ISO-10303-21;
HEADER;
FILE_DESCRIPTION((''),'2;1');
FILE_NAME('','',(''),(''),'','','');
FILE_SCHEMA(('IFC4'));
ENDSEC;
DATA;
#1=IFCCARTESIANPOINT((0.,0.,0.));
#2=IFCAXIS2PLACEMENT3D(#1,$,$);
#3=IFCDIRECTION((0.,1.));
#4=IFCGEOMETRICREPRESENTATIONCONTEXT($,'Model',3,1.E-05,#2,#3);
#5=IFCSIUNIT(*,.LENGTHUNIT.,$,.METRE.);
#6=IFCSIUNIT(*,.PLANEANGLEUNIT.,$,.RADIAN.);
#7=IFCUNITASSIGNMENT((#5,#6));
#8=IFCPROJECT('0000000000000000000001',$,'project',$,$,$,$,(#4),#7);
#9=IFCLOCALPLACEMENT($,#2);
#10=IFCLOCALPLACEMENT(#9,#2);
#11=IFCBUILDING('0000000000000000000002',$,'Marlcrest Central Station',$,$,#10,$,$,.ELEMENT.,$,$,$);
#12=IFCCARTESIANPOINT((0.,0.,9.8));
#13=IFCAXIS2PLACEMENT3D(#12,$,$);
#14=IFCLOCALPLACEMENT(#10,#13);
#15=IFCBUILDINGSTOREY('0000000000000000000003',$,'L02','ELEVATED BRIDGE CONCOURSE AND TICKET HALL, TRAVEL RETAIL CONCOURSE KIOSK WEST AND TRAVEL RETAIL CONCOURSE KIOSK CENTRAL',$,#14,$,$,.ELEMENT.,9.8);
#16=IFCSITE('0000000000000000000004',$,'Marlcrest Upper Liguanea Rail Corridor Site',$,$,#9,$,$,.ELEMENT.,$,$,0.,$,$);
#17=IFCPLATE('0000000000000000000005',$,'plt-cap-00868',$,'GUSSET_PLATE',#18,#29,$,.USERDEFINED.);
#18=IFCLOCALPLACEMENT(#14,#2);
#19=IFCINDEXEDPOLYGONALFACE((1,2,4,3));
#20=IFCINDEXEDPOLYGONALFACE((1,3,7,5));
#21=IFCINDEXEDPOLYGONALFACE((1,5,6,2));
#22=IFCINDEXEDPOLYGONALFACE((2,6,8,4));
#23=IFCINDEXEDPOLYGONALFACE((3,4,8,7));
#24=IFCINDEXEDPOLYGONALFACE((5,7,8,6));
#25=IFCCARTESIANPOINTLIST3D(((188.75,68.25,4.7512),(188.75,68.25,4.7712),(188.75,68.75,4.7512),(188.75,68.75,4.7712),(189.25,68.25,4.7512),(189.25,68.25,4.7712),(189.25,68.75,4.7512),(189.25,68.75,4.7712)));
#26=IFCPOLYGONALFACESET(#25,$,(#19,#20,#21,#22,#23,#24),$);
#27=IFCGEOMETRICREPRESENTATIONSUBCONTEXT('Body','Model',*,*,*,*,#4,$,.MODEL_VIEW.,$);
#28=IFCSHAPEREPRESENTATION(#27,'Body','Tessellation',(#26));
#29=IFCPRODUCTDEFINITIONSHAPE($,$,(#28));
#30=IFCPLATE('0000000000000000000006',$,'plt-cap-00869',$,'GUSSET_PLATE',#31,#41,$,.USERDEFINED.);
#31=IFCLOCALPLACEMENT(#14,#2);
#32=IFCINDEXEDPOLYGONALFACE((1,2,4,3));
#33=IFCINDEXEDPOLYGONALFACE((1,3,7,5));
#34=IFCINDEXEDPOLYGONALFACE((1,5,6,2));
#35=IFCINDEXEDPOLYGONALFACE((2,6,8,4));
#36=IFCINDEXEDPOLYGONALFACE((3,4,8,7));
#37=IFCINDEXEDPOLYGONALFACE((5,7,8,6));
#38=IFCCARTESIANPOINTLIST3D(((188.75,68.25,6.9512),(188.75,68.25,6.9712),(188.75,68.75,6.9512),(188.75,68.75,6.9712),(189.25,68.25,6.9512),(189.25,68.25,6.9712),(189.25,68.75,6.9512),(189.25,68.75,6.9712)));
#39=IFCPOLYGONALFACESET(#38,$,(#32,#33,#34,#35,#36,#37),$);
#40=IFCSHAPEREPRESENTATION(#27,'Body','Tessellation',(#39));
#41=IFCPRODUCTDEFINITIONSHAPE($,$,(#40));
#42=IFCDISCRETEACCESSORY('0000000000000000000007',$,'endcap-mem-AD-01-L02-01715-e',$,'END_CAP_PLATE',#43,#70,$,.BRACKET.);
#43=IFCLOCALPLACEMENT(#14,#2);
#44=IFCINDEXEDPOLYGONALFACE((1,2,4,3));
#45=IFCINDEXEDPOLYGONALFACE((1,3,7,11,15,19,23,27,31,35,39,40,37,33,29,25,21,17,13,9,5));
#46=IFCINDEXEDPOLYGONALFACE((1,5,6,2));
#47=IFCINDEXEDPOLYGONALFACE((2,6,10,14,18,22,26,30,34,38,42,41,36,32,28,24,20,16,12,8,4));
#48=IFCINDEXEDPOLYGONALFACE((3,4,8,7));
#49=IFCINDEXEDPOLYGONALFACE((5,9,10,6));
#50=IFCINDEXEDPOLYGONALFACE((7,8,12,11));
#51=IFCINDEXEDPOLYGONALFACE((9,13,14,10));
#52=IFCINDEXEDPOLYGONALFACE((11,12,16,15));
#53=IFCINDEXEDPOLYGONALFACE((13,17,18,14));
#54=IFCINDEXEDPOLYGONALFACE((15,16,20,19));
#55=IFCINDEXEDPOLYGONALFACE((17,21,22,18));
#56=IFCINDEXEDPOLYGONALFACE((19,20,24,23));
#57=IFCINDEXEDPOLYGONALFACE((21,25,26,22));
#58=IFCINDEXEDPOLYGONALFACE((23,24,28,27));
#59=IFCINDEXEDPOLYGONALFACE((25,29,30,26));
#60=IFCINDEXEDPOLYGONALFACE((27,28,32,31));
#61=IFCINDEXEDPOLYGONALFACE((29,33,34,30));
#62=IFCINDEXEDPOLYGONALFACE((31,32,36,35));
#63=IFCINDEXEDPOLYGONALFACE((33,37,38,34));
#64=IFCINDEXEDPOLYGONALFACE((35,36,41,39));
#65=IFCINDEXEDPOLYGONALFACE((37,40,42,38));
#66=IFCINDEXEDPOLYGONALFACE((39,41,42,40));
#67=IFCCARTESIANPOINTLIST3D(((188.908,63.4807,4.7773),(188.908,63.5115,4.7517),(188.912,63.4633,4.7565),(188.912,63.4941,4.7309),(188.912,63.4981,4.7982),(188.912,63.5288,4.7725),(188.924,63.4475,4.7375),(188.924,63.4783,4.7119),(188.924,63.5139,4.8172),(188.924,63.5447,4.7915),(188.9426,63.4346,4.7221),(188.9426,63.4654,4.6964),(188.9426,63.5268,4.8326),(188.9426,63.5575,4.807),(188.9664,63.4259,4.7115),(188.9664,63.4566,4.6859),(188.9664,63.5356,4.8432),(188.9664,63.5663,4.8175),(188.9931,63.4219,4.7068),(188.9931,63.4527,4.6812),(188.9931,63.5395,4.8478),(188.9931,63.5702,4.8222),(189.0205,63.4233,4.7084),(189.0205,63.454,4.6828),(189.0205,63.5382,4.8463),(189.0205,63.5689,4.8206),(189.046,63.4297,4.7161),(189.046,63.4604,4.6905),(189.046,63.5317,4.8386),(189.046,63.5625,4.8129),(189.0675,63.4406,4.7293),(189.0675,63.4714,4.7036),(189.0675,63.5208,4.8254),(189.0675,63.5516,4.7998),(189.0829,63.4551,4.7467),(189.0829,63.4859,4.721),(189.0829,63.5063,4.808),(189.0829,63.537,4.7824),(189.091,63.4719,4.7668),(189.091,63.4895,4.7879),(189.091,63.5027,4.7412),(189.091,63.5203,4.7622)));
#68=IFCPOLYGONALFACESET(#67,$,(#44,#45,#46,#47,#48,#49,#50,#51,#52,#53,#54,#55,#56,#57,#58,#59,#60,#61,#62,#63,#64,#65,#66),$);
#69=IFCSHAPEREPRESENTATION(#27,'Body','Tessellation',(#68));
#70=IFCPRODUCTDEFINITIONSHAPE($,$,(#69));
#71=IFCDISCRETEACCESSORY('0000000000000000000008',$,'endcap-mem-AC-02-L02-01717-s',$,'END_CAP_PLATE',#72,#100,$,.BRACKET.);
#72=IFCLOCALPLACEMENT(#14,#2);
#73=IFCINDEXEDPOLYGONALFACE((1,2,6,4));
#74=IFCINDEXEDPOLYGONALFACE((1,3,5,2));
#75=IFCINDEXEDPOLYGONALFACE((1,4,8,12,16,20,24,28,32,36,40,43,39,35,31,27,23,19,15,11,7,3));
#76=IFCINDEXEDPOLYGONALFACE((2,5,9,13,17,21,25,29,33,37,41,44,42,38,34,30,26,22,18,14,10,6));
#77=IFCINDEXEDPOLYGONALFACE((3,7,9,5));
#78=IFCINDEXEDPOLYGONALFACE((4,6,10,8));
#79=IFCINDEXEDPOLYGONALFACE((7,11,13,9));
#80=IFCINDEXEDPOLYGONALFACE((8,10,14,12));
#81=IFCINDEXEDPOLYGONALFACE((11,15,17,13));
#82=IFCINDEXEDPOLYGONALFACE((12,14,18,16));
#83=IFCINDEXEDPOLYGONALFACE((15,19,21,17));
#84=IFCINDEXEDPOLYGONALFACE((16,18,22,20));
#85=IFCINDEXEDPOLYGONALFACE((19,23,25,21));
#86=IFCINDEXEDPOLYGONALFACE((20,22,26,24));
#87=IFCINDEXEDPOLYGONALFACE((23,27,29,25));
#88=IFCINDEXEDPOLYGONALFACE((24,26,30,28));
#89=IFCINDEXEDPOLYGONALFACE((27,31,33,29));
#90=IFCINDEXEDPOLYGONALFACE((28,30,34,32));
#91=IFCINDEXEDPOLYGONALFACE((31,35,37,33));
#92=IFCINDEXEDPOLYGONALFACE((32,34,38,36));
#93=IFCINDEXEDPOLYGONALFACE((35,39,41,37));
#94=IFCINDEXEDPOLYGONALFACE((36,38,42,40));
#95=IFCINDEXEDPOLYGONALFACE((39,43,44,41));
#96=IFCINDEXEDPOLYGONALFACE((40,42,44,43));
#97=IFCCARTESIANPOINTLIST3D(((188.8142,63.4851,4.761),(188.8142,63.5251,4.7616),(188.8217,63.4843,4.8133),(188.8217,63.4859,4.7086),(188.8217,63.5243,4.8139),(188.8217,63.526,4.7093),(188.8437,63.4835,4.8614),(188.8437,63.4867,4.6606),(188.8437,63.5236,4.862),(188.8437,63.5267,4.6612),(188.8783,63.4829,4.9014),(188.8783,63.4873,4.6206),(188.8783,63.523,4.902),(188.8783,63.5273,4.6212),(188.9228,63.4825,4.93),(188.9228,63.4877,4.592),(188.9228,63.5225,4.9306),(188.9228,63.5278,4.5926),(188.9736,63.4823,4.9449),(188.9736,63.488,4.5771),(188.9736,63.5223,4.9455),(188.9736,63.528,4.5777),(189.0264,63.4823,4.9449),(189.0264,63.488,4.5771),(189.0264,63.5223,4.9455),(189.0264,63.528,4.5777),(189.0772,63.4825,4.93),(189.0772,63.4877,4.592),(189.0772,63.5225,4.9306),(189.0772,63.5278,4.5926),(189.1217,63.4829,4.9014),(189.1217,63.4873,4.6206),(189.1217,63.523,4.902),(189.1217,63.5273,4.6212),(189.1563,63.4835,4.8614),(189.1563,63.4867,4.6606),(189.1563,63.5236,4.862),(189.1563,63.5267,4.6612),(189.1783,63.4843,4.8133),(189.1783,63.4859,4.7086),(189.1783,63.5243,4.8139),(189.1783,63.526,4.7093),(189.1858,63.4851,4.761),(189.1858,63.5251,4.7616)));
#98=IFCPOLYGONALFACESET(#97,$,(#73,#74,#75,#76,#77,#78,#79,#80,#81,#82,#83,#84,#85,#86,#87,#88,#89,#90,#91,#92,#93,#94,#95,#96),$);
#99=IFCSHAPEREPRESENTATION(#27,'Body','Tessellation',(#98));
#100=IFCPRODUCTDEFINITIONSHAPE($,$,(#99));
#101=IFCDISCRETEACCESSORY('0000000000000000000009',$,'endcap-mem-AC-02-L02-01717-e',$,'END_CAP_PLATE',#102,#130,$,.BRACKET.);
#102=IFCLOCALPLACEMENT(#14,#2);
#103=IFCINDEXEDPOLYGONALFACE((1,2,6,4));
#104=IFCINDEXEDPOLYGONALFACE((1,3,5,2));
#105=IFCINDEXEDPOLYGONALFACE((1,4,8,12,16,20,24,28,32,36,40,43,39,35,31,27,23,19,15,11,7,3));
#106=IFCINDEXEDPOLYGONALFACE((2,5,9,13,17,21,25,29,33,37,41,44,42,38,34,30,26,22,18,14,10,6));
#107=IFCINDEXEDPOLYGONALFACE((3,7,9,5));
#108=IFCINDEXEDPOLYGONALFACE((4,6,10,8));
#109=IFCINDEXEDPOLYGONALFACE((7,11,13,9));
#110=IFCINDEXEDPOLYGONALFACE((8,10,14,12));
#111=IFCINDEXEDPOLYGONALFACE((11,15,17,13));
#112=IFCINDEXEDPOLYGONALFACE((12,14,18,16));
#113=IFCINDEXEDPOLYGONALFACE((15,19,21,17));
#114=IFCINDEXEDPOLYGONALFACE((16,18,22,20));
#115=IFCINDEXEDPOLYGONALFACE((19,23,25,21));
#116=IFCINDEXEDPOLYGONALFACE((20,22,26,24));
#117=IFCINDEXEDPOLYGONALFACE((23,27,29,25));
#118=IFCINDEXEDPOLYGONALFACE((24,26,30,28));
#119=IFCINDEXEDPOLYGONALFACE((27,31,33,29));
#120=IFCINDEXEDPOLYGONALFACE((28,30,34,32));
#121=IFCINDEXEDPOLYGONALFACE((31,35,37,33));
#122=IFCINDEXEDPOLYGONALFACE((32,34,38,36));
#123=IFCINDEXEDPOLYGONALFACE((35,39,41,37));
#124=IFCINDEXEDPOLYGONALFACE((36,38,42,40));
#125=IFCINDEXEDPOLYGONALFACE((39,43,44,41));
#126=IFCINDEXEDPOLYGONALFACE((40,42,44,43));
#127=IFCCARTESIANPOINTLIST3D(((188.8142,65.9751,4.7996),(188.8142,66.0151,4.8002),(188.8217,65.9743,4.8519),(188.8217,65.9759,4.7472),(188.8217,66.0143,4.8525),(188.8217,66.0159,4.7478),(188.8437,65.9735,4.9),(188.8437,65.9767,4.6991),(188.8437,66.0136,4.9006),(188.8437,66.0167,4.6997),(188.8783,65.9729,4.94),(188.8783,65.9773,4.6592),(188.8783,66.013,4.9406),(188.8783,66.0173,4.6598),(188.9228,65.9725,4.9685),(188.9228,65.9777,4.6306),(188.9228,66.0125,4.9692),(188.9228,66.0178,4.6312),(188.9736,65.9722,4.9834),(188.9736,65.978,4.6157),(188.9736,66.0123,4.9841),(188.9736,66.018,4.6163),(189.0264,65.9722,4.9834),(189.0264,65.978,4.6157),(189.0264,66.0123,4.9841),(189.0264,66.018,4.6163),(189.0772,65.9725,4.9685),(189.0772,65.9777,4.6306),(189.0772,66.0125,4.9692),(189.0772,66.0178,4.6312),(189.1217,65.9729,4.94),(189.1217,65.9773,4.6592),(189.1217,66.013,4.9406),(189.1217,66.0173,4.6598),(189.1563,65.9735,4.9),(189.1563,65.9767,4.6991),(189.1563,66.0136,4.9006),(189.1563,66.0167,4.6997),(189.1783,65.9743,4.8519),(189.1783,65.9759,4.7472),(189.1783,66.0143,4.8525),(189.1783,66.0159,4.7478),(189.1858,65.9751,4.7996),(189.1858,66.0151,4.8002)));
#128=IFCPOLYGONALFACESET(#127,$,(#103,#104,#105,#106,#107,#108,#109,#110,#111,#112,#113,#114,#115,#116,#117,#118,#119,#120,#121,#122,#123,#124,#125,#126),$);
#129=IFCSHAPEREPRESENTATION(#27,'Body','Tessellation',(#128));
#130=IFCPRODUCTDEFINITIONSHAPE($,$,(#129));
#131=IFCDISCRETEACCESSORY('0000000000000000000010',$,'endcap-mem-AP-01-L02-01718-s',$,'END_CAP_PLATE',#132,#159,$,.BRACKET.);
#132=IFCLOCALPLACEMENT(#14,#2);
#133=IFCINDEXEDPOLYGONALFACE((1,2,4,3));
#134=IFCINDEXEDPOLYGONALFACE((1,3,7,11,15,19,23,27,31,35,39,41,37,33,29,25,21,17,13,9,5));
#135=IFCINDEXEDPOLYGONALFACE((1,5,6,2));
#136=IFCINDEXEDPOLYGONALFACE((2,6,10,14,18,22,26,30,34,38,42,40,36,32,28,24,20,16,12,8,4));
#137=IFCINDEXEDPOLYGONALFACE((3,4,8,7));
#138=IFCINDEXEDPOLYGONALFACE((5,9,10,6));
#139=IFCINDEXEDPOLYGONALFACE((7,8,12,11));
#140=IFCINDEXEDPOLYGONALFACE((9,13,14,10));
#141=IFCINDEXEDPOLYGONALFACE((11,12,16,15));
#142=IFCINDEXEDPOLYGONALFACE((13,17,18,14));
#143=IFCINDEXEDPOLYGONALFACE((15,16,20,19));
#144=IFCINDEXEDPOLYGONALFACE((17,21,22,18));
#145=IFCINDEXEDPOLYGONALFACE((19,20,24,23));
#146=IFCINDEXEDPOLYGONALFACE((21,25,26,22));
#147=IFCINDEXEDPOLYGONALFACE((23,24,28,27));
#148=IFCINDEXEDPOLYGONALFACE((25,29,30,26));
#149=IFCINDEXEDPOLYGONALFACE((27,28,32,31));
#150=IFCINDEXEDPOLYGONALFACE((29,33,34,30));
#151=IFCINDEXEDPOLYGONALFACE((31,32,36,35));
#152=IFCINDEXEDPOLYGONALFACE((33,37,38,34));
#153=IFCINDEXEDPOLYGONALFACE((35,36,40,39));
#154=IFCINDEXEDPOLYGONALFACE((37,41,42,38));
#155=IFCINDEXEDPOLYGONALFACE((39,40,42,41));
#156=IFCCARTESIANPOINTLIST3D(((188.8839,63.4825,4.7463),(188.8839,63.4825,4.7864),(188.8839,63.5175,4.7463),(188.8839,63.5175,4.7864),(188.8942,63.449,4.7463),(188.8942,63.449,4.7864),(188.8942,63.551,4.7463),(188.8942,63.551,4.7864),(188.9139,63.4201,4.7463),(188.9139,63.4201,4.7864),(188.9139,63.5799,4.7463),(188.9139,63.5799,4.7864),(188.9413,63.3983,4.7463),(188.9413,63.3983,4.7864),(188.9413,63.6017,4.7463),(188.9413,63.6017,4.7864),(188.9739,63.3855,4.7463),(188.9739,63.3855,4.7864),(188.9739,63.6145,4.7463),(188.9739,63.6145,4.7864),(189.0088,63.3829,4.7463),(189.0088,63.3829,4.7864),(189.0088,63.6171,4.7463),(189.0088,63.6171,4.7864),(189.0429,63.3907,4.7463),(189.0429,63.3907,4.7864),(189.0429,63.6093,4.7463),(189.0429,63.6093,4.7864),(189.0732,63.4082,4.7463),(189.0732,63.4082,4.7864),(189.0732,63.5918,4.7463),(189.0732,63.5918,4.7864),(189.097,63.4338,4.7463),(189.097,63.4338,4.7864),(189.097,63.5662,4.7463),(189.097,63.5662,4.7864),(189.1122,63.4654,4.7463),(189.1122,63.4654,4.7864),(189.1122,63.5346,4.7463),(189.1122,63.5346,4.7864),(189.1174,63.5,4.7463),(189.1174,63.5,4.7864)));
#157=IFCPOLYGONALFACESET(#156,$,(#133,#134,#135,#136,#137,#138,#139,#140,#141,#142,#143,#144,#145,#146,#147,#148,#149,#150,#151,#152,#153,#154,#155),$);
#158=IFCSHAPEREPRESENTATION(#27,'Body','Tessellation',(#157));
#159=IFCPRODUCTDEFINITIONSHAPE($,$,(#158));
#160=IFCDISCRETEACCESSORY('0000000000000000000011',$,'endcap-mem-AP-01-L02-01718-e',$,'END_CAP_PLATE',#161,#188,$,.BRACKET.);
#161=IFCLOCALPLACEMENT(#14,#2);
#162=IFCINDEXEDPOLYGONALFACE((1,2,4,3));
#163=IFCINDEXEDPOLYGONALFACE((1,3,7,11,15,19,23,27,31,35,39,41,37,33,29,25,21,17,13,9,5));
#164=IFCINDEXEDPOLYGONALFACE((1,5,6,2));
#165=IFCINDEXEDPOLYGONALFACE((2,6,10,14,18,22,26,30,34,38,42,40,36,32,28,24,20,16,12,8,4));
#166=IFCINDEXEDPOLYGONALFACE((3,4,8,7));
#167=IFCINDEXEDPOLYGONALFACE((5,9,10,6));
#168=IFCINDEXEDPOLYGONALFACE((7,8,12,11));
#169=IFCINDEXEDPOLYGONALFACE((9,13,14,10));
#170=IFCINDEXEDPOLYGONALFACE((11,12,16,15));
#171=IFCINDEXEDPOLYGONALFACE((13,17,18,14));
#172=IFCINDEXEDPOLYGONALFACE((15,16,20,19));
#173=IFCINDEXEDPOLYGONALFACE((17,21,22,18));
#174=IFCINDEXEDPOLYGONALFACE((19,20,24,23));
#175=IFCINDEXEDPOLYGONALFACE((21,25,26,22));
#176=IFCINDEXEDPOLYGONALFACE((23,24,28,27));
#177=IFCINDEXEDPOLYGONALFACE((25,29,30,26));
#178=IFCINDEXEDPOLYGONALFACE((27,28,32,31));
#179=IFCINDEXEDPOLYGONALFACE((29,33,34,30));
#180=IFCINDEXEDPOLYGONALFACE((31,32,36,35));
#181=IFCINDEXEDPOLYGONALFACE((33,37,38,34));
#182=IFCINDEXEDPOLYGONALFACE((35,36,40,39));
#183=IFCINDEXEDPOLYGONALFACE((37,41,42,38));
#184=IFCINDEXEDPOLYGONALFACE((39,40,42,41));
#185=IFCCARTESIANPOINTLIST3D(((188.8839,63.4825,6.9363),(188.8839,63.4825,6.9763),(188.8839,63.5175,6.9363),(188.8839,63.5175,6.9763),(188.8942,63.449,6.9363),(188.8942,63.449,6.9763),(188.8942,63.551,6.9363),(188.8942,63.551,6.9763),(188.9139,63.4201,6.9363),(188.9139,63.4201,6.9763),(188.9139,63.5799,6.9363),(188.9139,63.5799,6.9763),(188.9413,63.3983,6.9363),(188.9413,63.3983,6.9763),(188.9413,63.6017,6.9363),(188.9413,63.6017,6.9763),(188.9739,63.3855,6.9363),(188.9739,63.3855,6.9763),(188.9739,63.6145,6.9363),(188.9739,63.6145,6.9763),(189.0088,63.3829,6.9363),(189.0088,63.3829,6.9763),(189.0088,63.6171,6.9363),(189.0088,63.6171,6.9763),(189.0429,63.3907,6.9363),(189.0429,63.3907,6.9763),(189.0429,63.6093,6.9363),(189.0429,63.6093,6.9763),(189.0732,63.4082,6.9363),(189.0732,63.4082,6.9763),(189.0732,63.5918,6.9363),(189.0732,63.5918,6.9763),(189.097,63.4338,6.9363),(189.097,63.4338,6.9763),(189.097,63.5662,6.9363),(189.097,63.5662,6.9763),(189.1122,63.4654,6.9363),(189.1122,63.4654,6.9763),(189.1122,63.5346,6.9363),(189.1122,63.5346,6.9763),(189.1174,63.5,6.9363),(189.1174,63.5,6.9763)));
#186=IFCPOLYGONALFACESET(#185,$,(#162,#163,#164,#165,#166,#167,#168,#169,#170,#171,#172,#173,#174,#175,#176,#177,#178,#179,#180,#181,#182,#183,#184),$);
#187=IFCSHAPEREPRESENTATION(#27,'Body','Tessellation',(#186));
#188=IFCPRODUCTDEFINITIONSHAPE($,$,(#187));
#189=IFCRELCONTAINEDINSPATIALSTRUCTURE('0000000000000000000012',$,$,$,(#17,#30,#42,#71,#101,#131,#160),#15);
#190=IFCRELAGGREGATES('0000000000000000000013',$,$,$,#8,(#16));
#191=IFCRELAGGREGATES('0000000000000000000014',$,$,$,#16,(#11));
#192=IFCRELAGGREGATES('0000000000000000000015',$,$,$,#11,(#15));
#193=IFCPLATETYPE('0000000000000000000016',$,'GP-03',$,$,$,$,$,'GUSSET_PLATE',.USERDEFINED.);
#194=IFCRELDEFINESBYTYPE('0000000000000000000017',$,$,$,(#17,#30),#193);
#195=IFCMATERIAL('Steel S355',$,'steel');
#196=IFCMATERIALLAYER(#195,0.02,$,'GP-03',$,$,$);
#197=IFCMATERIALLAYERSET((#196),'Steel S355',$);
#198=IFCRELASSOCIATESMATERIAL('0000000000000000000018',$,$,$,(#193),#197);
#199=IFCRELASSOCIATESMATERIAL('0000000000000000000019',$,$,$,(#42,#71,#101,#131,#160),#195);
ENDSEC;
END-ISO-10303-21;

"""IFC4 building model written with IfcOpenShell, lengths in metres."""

from ifc_helpers import new_model, si_unit, direction, frame, origin, origin_2d, place, context, subcontext, project, spatial, rectangle, circle, extrude, material, layer, layer_set, type_object, element, save


model = new_model("IFC4")

# Units and contexts
model_context = context("Model", 3, precision=1e-05, world=origin(), true_north=direction((0.0, 1.0)))
body_context = subcontext(model_context, "Body", "Model", "MODEL_VIEW")
ifc_project = project(units=[si_unit("LENGTHUNIT", "METRE"), si_unit("PLANEANGLEUNIT", "RADIAN")], contexts=[model_context])

# Site, building, storey
site_placement = place(None, origin())
site = spatial("IfcSite", under=ifc_project, at=site_placement, Name="Marlcrest Upper Liguanea Rail Corridor Site", CompositionType="ELEMENT", RefElevation=0.0)
building_placement = place(site_placement, origin())
building = spatial("IfcBuilding", under=site, at=building_placement, Name="Marlcrest Central Station", CompositionType="ELEMENT")
storey_placement = place(building_placement, frame((0.0, 0.0, 9.8)))
storey = spatial("IfcBuildingStorey", under=building, at=storey_placement, Name="L02", Description="ELEVATED BRIDGE CONCOURSE AND TICKET HALL, TRAVEL RETAIL CONCOURSE KIOSK WEST AND TRAVEL RETAIL CONCOURSE KIOSK CENTRAL", CompositionType="ELEMENT", Elevation=9.8)

# Shared definitions
ifc_material = material(Name="Steel S355", Category="steel")

# Plates
ifc_layer = layer(ifc_material, 0.02, Name="GP-03")
ifc_layer_set = layer_set([ifc_layer], Name="Steel S355")
plate_type = type_object("IfcPlateType", Name="GP-03", ElementType="GUSSET_PLATE", PredefinedType="USERDEFINED", material=ifc_layer_set)
for number, where, z_axis, x_axis, name in (
    (1, (189.0, 68.5, 4.7512), (0.0, 0.0, 1.0), (1.0, 0.0, 0.0), "plt-cap-00868"),
    (2, (189.0, 68.5, 6.9512), (0.0, 0.0, 1.0), (1.0, 0.0, 0.0), "plt-cap-00869"),
):
    element("IfcPlate", number, at=place(storey_placement, frame(where, z_axis=z_axis, x_axis=x_axis)), inside=storey, type_object=plate_type, Name=name, ObjectType="GUSSET_PLATE", PredefinedType="USERDEFINED", context=body_context, shape_type="SweptSolid", body=[
        extrude(rectangle(XDim=0.5, YDim=0.5, at=origin_2d()), origin(), (0.0, 0.0, 1.0), 0.02),
    ])

# Discrete accessories
discrete_accessory_1_placement = place(storey_placement, frame((189.0, 63.4807, 4.7773), z_axis=(0.0, 0.76816, -0.640258), x_axis=(-1.0, 0.0, 0.0)))
element("IfcDiscreteAccessory", 3, at=discrete_accessory_1_placement, inside=storey, material=ifc_material, Name="endcap-mem-AD-01-L02-01715-e", ObjectType="END_CAP_PLATE", PredefinedType="BRACKET", context=body_context, shape_type="SweptSolid", body=[
    extrude(circle(Radius=0.092, at=origin_2d()), origin(), (0.0, 0.0, 1.0), 0.04),
])
for number, where, z_axis, x_axis, name in (
    (4, (189.0, 63.4851, 4.761), (0.0, 0.999879, 0.015525), (-1.0, 0.0, 0.0), "endcap-mem-AC-02-L02-01717-s"),
    (5, (189.0, 65.9751, 4.7996), (0.0, 0.999879, 0.015525), (-1.0, 0.0, 0.0), "endcap-mem-AC-02-L02-01717-e"),
):
    element("IfcDiscreteAccessory", number, at=place(storey_placement, frame(where, z_axis=z_axis, x_axis=x_axis)), inside=storey, material=ifc_material, Name=name, ObjectType="END_CAP_PLATE", PredefinedType="BRACKET", context=body_context, shape_type="SweptSolid", body=[
        extrude(circle(Radius=0.1858, at=origin_2d()), origin(), (0.0, 0.0, 1.0), 0.04),
    ])
for number, where, z_axis, x_axis, name in (
    (6, (189.0, 63.5, 4.7463), (0.0, 0.0, 1.0), (1.0, 0.0, 0.0), "endcap-mem-AP-01-L02-01718-s"),
    (7, (189.0, 63.5, 6.9363), (0.0, 0.0, 1.0), (1.0, 0.0, 0.0), "endcap-mem-AP-01-L02-01718-e"),
):
    element("IfcDiscreteAccessory", number, at=place(storey_placement, frame(where, z_axis=z_axis, x_axis=x_axis)), inside=storey, material=ifc_material, Name=name, ObjectType="END_CAP_PLATE", PredefinedType="BRACKET", context=body_context, shape_type="SweptSolid", body=[
        extrude(circle(Radius=0.1174, at=origin_2d()), origin(), (0.0, 0.0, 1.0), 0.04),
    ])

save(model, "model.ifc")
